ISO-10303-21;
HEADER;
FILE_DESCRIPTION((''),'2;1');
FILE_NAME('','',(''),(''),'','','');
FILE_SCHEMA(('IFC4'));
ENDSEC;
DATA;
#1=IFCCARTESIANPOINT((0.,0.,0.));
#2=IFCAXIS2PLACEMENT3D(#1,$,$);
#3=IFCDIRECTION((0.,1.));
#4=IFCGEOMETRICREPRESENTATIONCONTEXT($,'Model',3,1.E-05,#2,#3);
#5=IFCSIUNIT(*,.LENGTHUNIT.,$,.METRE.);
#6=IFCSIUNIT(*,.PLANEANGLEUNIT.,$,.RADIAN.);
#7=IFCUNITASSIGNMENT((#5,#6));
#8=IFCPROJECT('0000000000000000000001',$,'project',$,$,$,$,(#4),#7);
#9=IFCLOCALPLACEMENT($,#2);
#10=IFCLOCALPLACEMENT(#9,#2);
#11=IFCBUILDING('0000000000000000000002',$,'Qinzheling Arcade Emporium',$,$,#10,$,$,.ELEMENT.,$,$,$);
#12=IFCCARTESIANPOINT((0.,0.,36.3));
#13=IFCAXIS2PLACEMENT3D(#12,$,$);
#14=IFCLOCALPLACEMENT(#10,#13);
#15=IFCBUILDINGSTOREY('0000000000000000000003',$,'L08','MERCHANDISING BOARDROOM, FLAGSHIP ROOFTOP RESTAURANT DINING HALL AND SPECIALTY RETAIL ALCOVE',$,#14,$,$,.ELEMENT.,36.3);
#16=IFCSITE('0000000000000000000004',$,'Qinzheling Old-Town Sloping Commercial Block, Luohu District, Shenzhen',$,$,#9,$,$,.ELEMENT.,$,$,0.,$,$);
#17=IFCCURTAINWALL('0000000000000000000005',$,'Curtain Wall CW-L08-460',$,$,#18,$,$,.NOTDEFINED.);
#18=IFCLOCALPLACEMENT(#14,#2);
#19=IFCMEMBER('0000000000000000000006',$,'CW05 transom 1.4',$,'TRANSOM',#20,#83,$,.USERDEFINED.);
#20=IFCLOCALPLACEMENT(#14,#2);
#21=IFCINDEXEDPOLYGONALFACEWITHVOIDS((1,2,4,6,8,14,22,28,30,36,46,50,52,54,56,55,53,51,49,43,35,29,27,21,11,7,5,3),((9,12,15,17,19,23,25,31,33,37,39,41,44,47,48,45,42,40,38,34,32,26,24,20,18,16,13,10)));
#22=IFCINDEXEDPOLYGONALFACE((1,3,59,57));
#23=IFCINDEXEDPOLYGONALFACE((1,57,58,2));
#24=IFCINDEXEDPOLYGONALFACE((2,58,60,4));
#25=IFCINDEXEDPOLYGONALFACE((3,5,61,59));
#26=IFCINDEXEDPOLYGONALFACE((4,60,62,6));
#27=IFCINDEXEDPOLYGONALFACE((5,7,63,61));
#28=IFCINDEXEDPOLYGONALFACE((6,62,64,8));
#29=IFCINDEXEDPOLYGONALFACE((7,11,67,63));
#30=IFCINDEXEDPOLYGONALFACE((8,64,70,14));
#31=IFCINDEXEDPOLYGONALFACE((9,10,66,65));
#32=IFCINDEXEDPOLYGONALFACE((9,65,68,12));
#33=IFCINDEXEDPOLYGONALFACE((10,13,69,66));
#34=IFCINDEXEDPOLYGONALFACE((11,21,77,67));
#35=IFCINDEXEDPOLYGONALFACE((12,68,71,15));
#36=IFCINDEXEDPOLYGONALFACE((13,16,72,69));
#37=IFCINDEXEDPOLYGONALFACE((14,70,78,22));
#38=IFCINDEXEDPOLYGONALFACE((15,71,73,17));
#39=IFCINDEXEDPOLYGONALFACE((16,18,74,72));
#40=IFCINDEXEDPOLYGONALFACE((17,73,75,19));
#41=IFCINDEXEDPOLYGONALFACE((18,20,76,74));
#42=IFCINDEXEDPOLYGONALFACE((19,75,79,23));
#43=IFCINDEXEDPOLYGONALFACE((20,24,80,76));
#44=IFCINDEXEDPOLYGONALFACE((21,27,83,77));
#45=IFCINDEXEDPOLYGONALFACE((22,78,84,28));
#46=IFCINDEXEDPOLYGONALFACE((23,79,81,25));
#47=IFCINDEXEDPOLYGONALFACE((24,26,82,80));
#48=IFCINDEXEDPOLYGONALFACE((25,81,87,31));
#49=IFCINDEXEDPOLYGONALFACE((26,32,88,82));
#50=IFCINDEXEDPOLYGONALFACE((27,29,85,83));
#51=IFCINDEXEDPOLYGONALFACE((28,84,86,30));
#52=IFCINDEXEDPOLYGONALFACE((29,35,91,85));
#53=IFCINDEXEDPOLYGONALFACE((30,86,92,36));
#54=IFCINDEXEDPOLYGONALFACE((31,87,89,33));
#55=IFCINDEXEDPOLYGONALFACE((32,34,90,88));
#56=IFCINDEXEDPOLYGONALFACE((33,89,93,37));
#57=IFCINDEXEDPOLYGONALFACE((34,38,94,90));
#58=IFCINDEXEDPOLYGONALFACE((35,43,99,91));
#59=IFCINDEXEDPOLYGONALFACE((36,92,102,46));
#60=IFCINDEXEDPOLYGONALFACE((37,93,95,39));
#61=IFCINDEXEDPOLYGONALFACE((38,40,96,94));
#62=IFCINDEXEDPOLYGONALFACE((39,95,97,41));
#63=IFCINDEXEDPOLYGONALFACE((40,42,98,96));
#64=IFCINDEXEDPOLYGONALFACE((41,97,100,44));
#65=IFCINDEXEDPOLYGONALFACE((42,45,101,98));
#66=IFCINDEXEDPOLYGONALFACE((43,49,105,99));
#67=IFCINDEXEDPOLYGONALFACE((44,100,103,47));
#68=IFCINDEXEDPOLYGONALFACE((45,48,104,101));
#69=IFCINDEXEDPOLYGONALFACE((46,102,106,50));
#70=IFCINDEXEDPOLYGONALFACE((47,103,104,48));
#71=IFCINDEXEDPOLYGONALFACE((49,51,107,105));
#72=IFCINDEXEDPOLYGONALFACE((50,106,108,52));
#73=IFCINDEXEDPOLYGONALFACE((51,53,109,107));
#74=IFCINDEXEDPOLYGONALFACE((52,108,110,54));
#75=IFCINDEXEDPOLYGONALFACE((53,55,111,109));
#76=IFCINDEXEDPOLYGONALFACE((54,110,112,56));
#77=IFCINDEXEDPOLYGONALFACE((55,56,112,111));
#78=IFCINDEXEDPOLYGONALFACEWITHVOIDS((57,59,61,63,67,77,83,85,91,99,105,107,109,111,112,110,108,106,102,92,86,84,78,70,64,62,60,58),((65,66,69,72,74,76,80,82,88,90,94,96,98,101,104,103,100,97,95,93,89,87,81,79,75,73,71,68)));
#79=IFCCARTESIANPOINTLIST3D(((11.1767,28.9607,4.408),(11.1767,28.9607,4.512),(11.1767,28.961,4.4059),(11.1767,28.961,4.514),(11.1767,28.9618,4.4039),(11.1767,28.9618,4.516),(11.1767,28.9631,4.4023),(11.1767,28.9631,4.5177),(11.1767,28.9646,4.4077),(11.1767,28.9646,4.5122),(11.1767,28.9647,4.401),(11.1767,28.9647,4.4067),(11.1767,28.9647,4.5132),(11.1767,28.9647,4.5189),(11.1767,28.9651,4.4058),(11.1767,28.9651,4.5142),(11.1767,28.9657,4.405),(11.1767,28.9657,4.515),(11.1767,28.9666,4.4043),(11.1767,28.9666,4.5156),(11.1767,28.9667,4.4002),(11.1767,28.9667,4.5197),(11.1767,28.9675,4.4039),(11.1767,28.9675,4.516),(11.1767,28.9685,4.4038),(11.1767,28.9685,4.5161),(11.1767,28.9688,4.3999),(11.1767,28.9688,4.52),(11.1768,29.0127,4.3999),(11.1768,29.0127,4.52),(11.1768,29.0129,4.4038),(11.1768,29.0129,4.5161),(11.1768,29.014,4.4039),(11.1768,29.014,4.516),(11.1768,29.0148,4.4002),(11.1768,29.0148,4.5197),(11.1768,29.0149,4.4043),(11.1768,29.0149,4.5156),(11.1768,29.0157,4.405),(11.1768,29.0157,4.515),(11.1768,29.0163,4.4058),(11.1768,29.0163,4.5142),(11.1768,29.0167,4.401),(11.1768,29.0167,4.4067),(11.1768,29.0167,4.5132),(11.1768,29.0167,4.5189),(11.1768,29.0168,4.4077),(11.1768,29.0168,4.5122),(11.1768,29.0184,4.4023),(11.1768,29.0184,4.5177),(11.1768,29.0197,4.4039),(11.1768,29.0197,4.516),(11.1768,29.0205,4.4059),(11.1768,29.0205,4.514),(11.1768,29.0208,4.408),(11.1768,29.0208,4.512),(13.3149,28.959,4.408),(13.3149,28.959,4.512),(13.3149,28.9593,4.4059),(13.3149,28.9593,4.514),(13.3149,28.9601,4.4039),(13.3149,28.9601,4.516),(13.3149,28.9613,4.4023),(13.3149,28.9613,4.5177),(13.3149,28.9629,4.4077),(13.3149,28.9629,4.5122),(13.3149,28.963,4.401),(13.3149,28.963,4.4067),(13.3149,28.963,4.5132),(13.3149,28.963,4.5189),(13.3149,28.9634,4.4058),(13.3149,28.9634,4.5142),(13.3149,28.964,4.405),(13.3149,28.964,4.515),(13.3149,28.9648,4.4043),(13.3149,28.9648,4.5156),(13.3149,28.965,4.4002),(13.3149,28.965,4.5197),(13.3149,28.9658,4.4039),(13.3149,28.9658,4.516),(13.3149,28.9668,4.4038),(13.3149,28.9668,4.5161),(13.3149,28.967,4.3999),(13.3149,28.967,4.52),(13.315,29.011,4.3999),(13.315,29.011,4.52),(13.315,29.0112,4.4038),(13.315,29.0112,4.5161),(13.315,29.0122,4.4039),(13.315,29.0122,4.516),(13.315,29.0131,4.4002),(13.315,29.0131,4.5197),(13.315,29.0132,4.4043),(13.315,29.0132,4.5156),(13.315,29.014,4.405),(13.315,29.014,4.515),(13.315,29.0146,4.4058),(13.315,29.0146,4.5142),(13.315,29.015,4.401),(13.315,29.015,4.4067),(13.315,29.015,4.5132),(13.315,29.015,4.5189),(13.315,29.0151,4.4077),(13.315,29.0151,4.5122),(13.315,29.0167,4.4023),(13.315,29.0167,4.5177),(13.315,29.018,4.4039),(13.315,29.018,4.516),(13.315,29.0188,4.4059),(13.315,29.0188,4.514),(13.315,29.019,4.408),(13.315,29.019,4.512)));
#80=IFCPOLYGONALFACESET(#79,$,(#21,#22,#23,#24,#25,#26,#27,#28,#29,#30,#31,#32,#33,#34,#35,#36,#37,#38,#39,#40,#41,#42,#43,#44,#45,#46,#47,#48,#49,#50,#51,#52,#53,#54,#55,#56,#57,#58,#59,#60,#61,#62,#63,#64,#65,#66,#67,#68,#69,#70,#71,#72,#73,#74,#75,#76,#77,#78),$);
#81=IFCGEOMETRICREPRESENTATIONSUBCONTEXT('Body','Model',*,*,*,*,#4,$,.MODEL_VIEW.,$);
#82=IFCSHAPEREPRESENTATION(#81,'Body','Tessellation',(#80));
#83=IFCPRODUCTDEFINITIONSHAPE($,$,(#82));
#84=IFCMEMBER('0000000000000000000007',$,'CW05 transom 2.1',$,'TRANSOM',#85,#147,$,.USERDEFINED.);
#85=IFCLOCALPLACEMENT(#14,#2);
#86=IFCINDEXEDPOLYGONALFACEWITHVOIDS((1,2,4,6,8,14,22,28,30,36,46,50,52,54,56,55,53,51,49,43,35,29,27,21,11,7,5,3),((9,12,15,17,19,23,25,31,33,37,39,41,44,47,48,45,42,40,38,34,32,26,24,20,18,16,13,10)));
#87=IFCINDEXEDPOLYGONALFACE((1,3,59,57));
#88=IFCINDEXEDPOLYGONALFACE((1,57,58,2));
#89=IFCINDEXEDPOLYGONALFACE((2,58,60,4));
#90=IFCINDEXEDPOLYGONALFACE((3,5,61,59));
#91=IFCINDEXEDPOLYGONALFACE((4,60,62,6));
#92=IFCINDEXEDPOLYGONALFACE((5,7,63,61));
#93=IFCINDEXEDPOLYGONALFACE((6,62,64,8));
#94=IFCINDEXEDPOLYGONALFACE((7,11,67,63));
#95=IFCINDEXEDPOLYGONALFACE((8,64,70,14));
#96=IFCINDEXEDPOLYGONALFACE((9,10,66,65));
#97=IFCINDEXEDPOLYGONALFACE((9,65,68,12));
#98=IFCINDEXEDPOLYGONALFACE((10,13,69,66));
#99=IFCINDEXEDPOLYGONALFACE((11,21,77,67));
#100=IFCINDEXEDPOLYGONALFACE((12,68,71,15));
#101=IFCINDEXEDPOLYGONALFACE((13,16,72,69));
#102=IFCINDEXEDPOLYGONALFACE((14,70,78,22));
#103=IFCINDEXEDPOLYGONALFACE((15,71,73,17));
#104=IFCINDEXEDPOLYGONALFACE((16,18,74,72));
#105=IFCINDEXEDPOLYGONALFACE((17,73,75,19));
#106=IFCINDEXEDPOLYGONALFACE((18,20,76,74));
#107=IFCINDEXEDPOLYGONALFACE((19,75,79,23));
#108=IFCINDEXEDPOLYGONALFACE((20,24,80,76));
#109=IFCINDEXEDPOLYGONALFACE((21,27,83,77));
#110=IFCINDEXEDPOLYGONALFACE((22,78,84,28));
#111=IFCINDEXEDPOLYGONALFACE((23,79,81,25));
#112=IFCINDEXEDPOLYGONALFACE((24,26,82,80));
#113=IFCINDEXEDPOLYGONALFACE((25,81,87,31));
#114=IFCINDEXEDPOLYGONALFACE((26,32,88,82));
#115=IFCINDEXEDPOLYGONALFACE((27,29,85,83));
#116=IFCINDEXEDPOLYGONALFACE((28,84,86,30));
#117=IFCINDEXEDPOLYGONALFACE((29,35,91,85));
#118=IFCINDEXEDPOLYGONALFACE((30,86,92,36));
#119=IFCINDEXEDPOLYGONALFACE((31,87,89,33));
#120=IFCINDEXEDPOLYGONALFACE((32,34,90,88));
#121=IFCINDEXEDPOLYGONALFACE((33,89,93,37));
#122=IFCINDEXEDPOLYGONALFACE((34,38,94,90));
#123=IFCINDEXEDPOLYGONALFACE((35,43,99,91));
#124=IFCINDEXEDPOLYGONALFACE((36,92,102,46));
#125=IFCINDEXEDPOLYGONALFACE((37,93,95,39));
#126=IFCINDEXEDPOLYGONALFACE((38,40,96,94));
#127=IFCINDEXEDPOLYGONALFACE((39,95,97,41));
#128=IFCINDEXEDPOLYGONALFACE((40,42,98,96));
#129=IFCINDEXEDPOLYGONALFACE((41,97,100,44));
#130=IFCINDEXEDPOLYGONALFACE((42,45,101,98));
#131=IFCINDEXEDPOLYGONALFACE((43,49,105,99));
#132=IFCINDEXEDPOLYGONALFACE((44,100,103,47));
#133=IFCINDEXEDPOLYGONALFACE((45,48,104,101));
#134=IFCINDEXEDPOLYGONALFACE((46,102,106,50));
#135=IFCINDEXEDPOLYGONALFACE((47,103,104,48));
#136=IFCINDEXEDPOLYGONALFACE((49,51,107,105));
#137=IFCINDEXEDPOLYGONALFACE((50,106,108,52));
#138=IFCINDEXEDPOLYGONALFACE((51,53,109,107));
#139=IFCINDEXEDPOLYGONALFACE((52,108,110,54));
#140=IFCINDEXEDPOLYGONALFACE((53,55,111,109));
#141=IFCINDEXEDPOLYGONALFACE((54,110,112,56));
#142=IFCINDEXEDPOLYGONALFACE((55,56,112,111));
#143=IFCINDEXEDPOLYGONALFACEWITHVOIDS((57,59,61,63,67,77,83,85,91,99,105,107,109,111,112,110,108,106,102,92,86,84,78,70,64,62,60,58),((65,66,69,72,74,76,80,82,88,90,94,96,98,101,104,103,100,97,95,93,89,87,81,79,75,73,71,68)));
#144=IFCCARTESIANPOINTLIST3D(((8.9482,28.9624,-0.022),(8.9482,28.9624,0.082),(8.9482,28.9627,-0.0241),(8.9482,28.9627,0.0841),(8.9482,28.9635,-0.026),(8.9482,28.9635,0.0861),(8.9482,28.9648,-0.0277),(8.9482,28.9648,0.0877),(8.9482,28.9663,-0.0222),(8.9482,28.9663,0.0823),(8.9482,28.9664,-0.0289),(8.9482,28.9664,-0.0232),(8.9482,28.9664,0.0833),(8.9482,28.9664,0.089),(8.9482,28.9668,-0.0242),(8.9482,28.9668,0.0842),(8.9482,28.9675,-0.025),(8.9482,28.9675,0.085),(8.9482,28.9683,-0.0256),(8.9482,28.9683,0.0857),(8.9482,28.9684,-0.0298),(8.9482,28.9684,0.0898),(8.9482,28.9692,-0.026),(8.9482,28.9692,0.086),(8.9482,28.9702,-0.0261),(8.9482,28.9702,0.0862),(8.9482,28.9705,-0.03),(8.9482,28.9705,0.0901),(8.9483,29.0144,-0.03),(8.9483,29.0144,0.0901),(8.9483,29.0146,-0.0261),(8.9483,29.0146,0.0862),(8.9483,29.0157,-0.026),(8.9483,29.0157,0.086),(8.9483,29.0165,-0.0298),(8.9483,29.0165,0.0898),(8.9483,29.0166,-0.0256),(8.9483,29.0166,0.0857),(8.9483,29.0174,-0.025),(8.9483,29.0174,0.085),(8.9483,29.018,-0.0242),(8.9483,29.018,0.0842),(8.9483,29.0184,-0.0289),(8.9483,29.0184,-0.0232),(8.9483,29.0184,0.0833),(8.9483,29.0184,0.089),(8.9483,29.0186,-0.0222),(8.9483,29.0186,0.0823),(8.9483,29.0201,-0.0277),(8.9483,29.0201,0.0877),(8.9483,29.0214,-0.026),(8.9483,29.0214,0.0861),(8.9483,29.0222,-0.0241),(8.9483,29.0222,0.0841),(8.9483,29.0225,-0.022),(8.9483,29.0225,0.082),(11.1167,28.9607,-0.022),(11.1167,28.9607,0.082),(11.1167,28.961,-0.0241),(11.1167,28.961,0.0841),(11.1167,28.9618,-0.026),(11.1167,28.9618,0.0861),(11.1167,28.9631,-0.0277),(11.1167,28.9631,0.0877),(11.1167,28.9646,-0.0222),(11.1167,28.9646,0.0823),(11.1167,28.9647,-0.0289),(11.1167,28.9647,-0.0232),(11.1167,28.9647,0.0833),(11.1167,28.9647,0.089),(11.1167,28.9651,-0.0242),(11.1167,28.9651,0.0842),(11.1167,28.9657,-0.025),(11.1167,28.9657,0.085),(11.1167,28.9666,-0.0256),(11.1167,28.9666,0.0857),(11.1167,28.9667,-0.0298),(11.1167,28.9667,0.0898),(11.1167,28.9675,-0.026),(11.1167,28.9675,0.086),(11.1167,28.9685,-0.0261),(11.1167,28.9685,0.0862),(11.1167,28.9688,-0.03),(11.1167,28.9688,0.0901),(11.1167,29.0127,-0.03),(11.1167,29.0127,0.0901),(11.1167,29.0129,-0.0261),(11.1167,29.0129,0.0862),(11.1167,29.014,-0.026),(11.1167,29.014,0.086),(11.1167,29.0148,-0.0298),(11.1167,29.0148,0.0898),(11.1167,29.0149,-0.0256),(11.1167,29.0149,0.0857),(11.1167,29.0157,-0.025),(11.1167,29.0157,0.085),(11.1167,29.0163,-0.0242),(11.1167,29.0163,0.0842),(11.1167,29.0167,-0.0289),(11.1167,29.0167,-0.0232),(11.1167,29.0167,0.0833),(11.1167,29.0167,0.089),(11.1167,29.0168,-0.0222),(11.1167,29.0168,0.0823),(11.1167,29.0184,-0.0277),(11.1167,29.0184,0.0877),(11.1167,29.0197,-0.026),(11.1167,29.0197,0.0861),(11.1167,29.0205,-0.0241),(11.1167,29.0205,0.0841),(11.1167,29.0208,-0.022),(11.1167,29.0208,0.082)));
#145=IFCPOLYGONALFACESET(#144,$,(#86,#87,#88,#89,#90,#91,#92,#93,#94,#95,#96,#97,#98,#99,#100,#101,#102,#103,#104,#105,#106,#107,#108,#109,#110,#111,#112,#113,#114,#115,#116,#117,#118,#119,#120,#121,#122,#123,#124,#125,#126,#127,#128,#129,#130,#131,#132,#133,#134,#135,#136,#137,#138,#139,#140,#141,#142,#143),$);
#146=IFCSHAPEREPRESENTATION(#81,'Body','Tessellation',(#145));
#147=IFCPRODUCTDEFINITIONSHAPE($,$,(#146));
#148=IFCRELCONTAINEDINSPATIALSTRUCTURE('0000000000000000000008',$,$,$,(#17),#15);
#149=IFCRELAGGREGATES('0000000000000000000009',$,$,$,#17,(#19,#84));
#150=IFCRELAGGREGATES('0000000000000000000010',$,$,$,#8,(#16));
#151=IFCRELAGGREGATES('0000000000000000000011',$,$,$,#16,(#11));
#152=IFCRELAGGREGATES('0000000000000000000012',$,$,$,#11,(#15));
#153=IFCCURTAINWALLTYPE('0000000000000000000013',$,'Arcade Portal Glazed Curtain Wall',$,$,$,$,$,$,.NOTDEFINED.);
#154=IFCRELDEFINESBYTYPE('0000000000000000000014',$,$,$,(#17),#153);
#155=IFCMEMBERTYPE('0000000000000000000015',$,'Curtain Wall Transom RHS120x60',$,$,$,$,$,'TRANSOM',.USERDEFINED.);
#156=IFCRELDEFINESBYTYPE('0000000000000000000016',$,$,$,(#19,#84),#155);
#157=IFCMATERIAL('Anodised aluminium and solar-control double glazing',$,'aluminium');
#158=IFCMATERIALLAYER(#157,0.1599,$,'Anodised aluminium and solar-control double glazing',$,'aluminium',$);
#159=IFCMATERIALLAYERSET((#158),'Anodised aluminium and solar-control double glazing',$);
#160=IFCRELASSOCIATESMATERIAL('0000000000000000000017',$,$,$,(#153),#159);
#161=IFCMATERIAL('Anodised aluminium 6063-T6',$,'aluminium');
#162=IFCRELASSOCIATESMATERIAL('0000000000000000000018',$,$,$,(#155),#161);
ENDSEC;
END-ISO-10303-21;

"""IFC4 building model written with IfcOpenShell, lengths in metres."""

from ifc_helpers import new_model, si_unit, direction, frame, origin, origin_2d, place, context, subcontext, project, spatial, hollow_rectangle, extrude, material, layer, layer_set, material_profile, profile_set, type_object, element, aggregate, save


model = new_model("IFC4")

# Units and contexts
model_context = context("Model", 3, precision=1e-05, world=origin(), true_north=direction((0.0, 1.0)))
body_context = subcontext(model_context, "Body", "Model", "MODEL_VIEW")
ifc_project = project(units=[si_unit("LENGTHUNIT", "METRE"), si_unit("PLANEANGLEUNIT", "RADIAN")], contexts=[model_context])

# Site, building, storey
site_placement = place(None, origin())
site = spatial("IfcSite", under=ifc_project, at=site_placement, Name="Qinzheling Old-Town Sloping Commercial Block, Luohu District, Shenzhen", CompositionType="ELEMENT", RefElevation=0.0)
building_placement = place(site_placement, origin())
building = spatial("IfcBuilding", under=site, at=building_placement, Name="Qinzheling Arcade Emporium", CompositionType="ELEMENT")
storey_placement = place(building_placement, frame((0.0, 0.0, 36.3)))
storey = spatial("IfcBuildingStorey", under=building, at=storey_placement, Name="L08", Description="MERCHANDISING BOARDROOM, FLAGSHIP ROOFTOP RESTAURANT DINING HALL AND SPECIALTY RETAIL ALCOVE", CompositionType="ELEMENT", Elevation=36.3)

# Shared definitions
ifc_material_1 = material(Name="Anodised aluminium and solar-control double glazing", Category="aluminium")
ifc_layer_1 = layer(ifc_material_1, 0.1599, Name="Anodised aluminium and solar-control double glazing", Category="aluminium")
ifc_layer_set_1 = layer_set([ifc_layer_1], Name="Anodised aluminium and solar-control double glazing")
curtain_wall_type = type_object("IfcCurtainWallType", Name="Arcade Portal Glazed Curtain Wall", PredefinedType="NOTDEFINED", material=ifc_layer_set_1)
ifc_material_2 = material(Name="Anodised aluminium 6063-T6", Category="aluminium")

# Curtain wall
curtain_wall_1_placement = place(storey_placement, origin())
curtain_wall_1 = element("IfcCurtainWall", 1, at=curtain_wall_1_placement, inside=storey, type_object=curtain_wall_type, Name="Curtain Wall CW-L08-460", PredefinedType="NOTDEFINED")

# Members
ifc_material_profile_1 = material_profile(ifc_material_2, hollow_rectangle(XDim=0.0601, YDim=0.1201, WallThickness=0.0039, InnerFilletRadius=0.0039, OuterFilletRadius=0.0081, at=origin_2d()), Name="RHS 120x60x4", Category="aluminium")
ifc_profile_set_1 = profile_set([ifc_material_profile_1], Name="Anodised aluminium 6063-T6")
member_type_1 = type_object("IfcMemberType", Name="Curtain Wall Transom RHS120x60", ElementType="TRANSOM", PredefinedType="USERDEFINED", material=ifc_profile_set_1)
member_1_placement = place(storey_placement, frame((13.3149, 28.989, 4.46), z_axis=(-1.0, 0.000799, 0.0), x_axis=(-0.000799, -1.0, 0.0)))
member_1 = element("IfcMember", 2, at=member_1_placement, type_object=member_type_1, Name="CW05 transom 1.4", ObjectType="TRANSOM", PredefinedType="USERDEFINED", context=body_context, shape_type="SweptSolid", body=[
    extrude(hollow_rectangle(XDim=0.0601, YDim=0.1201, WallThickness=0.0039, InnerFilletRadius=0.0039, OuterFilletRadius=0.0081, at=origin_2d()), origin(), (0.0, 0.0, 1.0), 2.1382),
])
member_2_placement = place(storey_placement, frame((11.1167, 28.9907, 0.03), z_axis=(-1.0, 0.000788, 0.0), x_axis=(-0.000788, -1.0, 0.0)))
member_2 = element("IfcMember", 3, at=member_2_placement, type_object=member_type_1, Name="CW05 transom 2.1", ObjectType="TRANSOM", PredefinedType="USERDEFINED", context=body_context, shape_type="SweptSolid", body=[
    extrude(hollow_rectangle(XDim=0.0601, YDim=0.1201, WallThickness=0.0039, InnerFilletRadius=0.0039, OuterFilletRadius=0.0081, at=origin_2d()), origin(), (0.0, 0.0, 1.0), 2.1685),
])

aggregate(curtain_wall_1, [member_1, member_2])

save(model, "model.ifc")
